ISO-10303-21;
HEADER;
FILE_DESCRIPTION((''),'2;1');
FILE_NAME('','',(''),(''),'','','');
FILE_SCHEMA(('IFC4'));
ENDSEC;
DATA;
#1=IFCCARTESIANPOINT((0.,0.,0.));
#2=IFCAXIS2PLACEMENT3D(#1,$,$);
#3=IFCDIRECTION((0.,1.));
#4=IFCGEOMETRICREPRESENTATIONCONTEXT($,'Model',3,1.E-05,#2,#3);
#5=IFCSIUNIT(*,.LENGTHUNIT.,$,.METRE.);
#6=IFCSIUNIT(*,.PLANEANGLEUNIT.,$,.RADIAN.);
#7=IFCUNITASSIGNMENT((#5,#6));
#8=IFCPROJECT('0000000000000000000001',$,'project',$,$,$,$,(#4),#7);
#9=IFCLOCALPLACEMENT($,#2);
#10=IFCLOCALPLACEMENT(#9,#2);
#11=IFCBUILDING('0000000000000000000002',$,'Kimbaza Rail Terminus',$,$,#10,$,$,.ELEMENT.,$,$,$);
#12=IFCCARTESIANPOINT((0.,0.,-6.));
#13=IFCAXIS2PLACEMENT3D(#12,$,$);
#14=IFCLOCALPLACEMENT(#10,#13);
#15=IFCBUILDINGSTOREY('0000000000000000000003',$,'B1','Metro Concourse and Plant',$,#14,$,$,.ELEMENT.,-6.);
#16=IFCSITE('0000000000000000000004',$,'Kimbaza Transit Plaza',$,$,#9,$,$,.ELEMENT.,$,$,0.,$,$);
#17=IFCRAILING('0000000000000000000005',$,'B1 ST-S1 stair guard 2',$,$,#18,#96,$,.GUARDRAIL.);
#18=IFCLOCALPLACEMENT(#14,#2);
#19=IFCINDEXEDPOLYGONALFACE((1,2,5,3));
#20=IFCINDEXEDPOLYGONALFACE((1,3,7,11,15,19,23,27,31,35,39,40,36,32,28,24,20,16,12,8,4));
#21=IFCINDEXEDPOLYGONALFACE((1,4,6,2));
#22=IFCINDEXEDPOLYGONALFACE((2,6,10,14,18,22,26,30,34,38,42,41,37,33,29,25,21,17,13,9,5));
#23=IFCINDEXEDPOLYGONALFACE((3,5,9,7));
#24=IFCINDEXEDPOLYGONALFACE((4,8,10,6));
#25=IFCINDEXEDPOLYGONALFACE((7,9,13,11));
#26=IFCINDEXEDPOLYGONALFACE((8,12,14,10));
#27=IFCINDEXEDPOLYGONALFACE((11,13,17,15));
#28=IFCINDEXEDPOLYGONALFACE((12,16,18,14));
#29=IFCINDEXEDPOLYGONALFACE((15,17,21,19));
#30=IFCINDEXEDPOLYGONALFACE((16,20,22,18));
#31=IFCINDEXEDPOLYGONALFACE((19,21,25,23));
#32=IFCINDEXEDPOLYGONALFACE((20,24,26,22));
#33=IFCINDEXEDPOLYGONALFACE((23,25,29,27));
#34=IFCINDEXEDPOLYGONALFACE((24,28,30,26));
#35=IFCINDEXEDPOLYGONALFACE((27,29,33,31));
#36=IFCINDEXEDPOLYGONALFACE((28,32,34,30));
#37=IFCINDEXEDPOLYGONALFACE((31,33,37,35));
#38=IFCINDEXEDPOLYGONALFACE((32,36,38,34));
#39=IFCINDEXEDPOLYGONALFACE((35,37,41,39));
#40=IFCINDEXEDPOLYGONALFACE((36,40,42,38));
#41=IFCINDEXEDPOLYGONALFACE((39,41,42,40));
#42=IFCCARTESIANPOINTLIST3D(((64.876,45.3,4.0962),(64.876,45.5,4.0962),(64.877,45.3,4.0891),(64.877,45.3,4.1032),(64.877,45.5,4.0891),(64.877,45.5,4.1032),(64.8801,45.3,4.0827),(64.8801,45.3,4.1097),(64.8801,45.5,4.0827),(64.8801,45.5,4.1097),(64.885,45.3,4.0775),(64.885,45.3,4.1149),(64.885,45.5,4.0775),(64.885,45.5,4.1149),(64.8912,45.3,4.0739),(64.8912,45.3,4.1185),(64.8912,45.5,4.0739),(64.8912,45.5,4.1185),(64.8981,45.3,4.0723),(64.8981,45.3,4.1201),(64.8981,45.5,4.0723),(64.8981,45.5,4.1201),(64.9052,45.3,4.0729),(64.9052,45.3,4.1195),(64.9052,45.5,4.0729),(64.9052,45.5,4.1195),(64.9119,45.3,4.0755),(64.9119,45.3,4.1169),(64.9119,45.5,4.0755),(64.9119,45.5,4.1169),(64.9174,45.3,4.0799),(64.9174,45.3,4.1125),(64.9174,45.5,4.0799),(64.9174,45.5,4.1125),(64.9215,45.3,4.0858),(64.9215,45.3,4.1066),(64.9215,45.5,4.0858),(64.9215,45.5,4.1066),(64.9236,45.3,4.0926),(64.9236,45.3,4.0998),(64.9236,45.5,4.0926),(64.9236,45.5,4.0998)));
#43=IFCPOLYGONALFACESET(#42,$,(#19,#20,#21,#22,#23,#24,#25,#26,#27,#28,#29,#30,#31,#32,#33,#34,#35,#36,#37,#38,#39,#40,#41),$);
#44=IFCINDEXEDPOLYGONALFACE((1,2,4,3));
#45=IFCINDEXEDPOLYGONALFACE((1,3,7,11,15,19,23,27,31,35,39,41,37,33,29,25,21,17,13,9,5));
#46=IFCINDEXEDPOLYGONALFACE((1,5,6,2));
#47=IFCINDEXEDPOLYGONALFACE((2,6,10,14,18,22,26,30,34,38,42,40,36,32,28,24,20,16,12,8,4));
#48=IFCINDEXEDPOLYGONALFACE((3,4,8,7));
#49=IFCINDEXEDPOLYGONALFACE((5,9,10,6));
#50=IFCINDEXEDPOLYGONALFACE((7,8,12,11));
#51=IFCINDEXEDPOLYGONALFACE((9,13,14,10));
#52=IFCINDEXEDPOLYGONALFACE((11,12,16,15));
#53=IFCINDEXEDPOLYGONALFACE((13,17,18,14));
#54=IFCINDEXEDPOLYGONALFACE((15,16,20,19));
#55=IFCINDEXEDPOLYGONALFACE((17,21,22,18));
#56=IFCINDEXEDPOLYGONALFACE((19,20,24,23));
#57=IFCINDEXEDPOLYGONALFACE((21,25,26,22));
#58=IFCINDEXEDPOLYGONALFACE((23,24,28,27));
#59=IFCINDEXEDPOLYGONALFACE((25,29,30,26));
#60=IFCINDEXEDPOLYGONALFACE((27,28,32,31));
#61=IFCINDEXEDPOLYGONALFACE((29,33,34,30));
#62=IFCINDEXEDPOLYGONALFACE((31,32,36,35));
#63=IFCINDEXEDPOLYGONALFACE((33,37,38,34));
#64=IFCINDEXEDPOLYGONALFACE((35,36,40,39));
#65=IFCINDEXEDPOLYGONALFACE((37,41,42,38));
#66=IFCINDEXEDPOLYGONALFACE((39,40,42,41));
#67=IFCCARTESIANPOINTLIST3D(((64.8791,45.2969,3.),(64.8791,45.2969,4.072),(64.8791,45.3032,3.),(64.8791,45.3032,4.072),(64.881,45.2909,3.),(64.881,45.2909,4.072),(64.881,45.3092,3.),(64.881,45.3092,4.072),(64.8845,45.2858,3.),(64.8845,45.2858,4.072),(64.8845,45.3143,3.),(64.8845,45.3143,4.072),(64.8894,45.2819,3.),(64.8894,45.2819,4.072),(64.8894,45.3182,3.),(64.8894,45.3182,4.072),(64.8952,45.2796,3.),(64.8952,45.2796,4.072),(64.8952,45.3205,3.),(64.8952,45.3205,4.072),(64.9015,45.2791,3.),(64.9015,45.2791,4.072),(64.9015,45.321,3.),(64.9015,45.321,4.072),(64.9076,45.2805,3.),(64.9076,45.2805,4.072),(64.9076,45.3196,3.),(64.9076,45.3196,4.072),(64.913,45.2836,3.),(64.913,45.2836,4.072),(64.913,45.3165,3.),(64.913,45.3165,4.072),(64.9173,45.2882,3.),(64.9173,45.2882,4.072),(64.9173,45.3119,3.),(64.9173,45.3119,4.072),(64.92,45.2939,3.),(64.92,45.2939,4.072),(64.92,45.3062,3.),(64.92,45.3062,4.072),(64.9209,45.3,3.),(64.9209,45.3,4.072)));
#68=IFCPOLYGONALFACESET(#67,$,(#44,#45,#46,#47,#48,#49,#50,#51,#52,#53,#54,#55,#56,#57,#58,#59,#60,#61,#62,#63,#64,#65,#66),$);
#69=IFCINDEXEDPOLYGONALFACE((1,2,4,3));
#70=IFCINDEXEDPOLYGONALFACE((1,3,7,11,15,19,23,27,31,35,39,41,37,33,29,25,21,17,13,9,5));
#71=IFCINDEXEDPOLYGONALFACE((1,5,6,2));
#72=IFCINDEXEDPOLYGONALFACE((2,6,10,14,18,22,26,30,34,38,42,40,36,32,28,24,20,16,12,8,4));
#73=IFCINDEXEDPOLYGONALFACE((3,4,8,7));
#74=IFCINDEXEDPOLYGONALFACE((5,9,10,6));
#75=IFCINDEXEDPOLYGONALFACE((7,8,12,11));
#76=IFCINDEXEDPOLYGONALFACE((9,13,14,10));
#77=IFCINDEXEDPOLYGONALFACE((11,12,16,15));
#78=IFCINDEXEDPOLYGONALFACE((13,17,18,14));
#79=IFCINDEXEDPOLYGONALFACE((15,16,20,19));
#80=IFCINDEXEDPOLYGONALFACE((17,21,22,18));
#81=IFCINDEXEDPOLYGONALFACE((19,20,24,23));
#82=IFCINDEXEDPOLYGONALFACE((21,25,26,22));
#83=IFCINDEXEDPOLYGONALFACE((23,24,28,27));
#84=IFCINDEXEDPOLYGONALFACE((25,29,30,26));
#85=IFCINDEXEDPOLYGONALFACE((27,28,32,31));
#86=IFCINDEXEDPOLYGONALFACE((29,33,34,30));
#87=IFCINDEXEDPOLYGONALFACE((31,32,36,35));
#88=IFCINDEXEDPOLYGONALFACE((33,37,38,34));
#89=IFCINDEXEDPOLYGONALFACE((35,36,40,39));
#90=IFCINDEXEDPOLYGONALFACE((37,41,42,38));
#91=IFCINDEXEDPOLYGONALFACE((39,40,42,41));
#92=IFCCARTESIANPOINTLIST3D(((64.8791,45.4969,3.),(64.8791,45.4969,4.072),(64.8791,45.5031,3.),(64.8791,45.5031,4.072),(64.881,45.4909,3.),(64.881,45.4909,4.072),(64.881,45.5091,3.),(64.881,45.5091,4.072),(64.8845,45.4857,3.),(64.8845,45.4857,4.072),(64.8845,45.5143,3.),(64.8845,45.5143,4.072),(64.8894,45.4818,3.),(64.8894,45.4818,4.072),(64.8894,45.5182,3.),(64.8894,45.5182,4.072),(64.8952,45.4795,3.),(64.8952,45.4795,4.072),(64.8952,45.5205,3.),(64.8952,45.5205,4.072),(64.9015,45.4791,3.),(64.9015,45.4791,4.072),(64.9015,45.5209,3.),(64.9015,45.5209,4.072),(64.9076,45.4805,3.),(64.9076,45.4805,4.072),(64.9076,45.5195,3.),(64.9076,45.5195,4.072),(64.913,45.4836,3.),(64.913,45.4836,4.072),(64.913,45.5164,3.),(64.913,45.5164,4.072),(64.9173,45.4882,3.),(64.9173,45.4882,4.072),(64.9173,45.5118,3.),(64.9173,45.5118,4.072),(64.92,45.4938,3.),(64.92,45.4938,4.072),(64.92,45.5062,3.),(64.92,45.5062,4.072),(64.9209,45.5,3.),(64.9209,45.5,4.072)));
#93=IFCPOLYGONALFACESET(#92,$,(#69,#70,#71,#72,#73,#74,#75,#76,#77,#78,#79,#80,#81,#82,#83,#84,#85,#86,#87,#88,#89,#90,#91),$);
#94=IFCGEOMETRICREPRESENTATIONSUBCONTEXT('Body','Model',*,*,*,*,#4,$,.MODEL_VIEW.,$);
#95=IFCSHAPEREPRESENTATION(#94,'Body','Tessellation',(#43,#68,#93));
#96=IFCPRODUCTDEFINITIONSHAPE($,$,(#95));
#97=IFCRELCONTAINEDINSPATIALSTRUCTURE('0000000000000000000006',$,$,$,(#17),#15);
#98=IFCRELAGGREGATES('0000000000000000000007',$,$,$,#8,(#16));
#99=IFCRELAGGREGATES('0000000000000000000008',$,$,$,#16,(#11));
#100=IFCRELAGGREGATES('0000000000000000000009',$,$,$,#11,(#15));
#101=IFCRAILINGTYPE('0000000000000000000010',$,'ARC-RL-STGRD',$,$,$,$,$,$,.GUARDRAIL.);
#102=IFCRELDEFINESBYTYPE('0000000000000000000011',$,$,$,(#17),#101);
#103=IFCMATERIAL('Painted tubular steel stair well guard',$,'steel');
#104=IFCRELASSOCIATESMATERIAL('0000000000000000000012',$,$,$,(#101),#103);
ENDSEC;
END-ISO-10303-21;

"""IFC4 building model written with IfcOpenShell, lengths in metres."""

from ifc_helpers import new_model, si_unit, direction, frame, origin, origin_2d, place, context, subcontext, project, spatial, circle, extrude, material, type_object, element, save


model = new_model("IFC4")

# Units and contexts
model_context = context("Model", 3, precision=1e-05, world=origin(), true_north=direction((0.0, 1.0)))
body_context = subcontext(model_context, "Body", "Model", "MODEL_VIEW")
ifc_project = project(units=[si_unit("LENGTHUNIT", "METRE"), si_unit("PLANEANGLEUNIT", "RADIAN")], contexts=[model_context])

# Site, building, storey
site_placement = place(None, origin())
site = spatial("IfcSite", under=ifc_project, at=site_placement, Name="Kimbaza Transit Plaza", CompositionType="ELEMENT", RefElevation=0.0)
building_placement = place(site_placement, origin())
building = spatial("IfcBuilding", under=site, at=building_placement, Name="Kimbaza Rail Terminus", CompositionType="ELEMENT")
storey_placement = place(building_placement, frame((0.0, 0.0, -6.0)))
storey = spatial("IfcBuildingStorey", under=building, at=storey_placement, Name="B1", Description="Metro Concourse and Plant", CompositionType="ELEMENT", Elevation=-6.0)

# Railing
ifc_material_1 = material(Name="Painted tubular steel stair well guard", Category="steel")
railing_type_1 = type_object("IfcRailingType", Name="ARC-RL-STGRD", PredefinedType="GUARDRAIL", material=ifc_material_1)
railing_1_placement = place(storey_placement, frame((64.8999, 45.3, 3.0)))
element("IfcRailing", 1, at=railing_1_placement, inside=storey, type_object=railing_type_1, Name="B1 ST-S1 stair guard 2", PredefinedType="GUARDRAIL", context=body_context, shape_type="SweptSolid", body=[
    extrude(circle(Radius=0.0239, at=origin_2d()), frame((0.0, 0.0, 1.0962), z_axis=(0.0, 1.0, 0.0), x_axis=(-1.0, 0.0, 0.0)), (0.0, 0.0, 1.0), 0.2),
    extrude(circle(Radius=0.021, at=origin_2d()), origin(), (0.0, 0.0, 1.0), 1.072),
    extrude(circle(Radius=0.021, at=origin_2d()), frame((0.0, 0.2, 0.0)), (0.0, 0.0, 1.0), 1.072),
])

save(model, "model.ifc")
